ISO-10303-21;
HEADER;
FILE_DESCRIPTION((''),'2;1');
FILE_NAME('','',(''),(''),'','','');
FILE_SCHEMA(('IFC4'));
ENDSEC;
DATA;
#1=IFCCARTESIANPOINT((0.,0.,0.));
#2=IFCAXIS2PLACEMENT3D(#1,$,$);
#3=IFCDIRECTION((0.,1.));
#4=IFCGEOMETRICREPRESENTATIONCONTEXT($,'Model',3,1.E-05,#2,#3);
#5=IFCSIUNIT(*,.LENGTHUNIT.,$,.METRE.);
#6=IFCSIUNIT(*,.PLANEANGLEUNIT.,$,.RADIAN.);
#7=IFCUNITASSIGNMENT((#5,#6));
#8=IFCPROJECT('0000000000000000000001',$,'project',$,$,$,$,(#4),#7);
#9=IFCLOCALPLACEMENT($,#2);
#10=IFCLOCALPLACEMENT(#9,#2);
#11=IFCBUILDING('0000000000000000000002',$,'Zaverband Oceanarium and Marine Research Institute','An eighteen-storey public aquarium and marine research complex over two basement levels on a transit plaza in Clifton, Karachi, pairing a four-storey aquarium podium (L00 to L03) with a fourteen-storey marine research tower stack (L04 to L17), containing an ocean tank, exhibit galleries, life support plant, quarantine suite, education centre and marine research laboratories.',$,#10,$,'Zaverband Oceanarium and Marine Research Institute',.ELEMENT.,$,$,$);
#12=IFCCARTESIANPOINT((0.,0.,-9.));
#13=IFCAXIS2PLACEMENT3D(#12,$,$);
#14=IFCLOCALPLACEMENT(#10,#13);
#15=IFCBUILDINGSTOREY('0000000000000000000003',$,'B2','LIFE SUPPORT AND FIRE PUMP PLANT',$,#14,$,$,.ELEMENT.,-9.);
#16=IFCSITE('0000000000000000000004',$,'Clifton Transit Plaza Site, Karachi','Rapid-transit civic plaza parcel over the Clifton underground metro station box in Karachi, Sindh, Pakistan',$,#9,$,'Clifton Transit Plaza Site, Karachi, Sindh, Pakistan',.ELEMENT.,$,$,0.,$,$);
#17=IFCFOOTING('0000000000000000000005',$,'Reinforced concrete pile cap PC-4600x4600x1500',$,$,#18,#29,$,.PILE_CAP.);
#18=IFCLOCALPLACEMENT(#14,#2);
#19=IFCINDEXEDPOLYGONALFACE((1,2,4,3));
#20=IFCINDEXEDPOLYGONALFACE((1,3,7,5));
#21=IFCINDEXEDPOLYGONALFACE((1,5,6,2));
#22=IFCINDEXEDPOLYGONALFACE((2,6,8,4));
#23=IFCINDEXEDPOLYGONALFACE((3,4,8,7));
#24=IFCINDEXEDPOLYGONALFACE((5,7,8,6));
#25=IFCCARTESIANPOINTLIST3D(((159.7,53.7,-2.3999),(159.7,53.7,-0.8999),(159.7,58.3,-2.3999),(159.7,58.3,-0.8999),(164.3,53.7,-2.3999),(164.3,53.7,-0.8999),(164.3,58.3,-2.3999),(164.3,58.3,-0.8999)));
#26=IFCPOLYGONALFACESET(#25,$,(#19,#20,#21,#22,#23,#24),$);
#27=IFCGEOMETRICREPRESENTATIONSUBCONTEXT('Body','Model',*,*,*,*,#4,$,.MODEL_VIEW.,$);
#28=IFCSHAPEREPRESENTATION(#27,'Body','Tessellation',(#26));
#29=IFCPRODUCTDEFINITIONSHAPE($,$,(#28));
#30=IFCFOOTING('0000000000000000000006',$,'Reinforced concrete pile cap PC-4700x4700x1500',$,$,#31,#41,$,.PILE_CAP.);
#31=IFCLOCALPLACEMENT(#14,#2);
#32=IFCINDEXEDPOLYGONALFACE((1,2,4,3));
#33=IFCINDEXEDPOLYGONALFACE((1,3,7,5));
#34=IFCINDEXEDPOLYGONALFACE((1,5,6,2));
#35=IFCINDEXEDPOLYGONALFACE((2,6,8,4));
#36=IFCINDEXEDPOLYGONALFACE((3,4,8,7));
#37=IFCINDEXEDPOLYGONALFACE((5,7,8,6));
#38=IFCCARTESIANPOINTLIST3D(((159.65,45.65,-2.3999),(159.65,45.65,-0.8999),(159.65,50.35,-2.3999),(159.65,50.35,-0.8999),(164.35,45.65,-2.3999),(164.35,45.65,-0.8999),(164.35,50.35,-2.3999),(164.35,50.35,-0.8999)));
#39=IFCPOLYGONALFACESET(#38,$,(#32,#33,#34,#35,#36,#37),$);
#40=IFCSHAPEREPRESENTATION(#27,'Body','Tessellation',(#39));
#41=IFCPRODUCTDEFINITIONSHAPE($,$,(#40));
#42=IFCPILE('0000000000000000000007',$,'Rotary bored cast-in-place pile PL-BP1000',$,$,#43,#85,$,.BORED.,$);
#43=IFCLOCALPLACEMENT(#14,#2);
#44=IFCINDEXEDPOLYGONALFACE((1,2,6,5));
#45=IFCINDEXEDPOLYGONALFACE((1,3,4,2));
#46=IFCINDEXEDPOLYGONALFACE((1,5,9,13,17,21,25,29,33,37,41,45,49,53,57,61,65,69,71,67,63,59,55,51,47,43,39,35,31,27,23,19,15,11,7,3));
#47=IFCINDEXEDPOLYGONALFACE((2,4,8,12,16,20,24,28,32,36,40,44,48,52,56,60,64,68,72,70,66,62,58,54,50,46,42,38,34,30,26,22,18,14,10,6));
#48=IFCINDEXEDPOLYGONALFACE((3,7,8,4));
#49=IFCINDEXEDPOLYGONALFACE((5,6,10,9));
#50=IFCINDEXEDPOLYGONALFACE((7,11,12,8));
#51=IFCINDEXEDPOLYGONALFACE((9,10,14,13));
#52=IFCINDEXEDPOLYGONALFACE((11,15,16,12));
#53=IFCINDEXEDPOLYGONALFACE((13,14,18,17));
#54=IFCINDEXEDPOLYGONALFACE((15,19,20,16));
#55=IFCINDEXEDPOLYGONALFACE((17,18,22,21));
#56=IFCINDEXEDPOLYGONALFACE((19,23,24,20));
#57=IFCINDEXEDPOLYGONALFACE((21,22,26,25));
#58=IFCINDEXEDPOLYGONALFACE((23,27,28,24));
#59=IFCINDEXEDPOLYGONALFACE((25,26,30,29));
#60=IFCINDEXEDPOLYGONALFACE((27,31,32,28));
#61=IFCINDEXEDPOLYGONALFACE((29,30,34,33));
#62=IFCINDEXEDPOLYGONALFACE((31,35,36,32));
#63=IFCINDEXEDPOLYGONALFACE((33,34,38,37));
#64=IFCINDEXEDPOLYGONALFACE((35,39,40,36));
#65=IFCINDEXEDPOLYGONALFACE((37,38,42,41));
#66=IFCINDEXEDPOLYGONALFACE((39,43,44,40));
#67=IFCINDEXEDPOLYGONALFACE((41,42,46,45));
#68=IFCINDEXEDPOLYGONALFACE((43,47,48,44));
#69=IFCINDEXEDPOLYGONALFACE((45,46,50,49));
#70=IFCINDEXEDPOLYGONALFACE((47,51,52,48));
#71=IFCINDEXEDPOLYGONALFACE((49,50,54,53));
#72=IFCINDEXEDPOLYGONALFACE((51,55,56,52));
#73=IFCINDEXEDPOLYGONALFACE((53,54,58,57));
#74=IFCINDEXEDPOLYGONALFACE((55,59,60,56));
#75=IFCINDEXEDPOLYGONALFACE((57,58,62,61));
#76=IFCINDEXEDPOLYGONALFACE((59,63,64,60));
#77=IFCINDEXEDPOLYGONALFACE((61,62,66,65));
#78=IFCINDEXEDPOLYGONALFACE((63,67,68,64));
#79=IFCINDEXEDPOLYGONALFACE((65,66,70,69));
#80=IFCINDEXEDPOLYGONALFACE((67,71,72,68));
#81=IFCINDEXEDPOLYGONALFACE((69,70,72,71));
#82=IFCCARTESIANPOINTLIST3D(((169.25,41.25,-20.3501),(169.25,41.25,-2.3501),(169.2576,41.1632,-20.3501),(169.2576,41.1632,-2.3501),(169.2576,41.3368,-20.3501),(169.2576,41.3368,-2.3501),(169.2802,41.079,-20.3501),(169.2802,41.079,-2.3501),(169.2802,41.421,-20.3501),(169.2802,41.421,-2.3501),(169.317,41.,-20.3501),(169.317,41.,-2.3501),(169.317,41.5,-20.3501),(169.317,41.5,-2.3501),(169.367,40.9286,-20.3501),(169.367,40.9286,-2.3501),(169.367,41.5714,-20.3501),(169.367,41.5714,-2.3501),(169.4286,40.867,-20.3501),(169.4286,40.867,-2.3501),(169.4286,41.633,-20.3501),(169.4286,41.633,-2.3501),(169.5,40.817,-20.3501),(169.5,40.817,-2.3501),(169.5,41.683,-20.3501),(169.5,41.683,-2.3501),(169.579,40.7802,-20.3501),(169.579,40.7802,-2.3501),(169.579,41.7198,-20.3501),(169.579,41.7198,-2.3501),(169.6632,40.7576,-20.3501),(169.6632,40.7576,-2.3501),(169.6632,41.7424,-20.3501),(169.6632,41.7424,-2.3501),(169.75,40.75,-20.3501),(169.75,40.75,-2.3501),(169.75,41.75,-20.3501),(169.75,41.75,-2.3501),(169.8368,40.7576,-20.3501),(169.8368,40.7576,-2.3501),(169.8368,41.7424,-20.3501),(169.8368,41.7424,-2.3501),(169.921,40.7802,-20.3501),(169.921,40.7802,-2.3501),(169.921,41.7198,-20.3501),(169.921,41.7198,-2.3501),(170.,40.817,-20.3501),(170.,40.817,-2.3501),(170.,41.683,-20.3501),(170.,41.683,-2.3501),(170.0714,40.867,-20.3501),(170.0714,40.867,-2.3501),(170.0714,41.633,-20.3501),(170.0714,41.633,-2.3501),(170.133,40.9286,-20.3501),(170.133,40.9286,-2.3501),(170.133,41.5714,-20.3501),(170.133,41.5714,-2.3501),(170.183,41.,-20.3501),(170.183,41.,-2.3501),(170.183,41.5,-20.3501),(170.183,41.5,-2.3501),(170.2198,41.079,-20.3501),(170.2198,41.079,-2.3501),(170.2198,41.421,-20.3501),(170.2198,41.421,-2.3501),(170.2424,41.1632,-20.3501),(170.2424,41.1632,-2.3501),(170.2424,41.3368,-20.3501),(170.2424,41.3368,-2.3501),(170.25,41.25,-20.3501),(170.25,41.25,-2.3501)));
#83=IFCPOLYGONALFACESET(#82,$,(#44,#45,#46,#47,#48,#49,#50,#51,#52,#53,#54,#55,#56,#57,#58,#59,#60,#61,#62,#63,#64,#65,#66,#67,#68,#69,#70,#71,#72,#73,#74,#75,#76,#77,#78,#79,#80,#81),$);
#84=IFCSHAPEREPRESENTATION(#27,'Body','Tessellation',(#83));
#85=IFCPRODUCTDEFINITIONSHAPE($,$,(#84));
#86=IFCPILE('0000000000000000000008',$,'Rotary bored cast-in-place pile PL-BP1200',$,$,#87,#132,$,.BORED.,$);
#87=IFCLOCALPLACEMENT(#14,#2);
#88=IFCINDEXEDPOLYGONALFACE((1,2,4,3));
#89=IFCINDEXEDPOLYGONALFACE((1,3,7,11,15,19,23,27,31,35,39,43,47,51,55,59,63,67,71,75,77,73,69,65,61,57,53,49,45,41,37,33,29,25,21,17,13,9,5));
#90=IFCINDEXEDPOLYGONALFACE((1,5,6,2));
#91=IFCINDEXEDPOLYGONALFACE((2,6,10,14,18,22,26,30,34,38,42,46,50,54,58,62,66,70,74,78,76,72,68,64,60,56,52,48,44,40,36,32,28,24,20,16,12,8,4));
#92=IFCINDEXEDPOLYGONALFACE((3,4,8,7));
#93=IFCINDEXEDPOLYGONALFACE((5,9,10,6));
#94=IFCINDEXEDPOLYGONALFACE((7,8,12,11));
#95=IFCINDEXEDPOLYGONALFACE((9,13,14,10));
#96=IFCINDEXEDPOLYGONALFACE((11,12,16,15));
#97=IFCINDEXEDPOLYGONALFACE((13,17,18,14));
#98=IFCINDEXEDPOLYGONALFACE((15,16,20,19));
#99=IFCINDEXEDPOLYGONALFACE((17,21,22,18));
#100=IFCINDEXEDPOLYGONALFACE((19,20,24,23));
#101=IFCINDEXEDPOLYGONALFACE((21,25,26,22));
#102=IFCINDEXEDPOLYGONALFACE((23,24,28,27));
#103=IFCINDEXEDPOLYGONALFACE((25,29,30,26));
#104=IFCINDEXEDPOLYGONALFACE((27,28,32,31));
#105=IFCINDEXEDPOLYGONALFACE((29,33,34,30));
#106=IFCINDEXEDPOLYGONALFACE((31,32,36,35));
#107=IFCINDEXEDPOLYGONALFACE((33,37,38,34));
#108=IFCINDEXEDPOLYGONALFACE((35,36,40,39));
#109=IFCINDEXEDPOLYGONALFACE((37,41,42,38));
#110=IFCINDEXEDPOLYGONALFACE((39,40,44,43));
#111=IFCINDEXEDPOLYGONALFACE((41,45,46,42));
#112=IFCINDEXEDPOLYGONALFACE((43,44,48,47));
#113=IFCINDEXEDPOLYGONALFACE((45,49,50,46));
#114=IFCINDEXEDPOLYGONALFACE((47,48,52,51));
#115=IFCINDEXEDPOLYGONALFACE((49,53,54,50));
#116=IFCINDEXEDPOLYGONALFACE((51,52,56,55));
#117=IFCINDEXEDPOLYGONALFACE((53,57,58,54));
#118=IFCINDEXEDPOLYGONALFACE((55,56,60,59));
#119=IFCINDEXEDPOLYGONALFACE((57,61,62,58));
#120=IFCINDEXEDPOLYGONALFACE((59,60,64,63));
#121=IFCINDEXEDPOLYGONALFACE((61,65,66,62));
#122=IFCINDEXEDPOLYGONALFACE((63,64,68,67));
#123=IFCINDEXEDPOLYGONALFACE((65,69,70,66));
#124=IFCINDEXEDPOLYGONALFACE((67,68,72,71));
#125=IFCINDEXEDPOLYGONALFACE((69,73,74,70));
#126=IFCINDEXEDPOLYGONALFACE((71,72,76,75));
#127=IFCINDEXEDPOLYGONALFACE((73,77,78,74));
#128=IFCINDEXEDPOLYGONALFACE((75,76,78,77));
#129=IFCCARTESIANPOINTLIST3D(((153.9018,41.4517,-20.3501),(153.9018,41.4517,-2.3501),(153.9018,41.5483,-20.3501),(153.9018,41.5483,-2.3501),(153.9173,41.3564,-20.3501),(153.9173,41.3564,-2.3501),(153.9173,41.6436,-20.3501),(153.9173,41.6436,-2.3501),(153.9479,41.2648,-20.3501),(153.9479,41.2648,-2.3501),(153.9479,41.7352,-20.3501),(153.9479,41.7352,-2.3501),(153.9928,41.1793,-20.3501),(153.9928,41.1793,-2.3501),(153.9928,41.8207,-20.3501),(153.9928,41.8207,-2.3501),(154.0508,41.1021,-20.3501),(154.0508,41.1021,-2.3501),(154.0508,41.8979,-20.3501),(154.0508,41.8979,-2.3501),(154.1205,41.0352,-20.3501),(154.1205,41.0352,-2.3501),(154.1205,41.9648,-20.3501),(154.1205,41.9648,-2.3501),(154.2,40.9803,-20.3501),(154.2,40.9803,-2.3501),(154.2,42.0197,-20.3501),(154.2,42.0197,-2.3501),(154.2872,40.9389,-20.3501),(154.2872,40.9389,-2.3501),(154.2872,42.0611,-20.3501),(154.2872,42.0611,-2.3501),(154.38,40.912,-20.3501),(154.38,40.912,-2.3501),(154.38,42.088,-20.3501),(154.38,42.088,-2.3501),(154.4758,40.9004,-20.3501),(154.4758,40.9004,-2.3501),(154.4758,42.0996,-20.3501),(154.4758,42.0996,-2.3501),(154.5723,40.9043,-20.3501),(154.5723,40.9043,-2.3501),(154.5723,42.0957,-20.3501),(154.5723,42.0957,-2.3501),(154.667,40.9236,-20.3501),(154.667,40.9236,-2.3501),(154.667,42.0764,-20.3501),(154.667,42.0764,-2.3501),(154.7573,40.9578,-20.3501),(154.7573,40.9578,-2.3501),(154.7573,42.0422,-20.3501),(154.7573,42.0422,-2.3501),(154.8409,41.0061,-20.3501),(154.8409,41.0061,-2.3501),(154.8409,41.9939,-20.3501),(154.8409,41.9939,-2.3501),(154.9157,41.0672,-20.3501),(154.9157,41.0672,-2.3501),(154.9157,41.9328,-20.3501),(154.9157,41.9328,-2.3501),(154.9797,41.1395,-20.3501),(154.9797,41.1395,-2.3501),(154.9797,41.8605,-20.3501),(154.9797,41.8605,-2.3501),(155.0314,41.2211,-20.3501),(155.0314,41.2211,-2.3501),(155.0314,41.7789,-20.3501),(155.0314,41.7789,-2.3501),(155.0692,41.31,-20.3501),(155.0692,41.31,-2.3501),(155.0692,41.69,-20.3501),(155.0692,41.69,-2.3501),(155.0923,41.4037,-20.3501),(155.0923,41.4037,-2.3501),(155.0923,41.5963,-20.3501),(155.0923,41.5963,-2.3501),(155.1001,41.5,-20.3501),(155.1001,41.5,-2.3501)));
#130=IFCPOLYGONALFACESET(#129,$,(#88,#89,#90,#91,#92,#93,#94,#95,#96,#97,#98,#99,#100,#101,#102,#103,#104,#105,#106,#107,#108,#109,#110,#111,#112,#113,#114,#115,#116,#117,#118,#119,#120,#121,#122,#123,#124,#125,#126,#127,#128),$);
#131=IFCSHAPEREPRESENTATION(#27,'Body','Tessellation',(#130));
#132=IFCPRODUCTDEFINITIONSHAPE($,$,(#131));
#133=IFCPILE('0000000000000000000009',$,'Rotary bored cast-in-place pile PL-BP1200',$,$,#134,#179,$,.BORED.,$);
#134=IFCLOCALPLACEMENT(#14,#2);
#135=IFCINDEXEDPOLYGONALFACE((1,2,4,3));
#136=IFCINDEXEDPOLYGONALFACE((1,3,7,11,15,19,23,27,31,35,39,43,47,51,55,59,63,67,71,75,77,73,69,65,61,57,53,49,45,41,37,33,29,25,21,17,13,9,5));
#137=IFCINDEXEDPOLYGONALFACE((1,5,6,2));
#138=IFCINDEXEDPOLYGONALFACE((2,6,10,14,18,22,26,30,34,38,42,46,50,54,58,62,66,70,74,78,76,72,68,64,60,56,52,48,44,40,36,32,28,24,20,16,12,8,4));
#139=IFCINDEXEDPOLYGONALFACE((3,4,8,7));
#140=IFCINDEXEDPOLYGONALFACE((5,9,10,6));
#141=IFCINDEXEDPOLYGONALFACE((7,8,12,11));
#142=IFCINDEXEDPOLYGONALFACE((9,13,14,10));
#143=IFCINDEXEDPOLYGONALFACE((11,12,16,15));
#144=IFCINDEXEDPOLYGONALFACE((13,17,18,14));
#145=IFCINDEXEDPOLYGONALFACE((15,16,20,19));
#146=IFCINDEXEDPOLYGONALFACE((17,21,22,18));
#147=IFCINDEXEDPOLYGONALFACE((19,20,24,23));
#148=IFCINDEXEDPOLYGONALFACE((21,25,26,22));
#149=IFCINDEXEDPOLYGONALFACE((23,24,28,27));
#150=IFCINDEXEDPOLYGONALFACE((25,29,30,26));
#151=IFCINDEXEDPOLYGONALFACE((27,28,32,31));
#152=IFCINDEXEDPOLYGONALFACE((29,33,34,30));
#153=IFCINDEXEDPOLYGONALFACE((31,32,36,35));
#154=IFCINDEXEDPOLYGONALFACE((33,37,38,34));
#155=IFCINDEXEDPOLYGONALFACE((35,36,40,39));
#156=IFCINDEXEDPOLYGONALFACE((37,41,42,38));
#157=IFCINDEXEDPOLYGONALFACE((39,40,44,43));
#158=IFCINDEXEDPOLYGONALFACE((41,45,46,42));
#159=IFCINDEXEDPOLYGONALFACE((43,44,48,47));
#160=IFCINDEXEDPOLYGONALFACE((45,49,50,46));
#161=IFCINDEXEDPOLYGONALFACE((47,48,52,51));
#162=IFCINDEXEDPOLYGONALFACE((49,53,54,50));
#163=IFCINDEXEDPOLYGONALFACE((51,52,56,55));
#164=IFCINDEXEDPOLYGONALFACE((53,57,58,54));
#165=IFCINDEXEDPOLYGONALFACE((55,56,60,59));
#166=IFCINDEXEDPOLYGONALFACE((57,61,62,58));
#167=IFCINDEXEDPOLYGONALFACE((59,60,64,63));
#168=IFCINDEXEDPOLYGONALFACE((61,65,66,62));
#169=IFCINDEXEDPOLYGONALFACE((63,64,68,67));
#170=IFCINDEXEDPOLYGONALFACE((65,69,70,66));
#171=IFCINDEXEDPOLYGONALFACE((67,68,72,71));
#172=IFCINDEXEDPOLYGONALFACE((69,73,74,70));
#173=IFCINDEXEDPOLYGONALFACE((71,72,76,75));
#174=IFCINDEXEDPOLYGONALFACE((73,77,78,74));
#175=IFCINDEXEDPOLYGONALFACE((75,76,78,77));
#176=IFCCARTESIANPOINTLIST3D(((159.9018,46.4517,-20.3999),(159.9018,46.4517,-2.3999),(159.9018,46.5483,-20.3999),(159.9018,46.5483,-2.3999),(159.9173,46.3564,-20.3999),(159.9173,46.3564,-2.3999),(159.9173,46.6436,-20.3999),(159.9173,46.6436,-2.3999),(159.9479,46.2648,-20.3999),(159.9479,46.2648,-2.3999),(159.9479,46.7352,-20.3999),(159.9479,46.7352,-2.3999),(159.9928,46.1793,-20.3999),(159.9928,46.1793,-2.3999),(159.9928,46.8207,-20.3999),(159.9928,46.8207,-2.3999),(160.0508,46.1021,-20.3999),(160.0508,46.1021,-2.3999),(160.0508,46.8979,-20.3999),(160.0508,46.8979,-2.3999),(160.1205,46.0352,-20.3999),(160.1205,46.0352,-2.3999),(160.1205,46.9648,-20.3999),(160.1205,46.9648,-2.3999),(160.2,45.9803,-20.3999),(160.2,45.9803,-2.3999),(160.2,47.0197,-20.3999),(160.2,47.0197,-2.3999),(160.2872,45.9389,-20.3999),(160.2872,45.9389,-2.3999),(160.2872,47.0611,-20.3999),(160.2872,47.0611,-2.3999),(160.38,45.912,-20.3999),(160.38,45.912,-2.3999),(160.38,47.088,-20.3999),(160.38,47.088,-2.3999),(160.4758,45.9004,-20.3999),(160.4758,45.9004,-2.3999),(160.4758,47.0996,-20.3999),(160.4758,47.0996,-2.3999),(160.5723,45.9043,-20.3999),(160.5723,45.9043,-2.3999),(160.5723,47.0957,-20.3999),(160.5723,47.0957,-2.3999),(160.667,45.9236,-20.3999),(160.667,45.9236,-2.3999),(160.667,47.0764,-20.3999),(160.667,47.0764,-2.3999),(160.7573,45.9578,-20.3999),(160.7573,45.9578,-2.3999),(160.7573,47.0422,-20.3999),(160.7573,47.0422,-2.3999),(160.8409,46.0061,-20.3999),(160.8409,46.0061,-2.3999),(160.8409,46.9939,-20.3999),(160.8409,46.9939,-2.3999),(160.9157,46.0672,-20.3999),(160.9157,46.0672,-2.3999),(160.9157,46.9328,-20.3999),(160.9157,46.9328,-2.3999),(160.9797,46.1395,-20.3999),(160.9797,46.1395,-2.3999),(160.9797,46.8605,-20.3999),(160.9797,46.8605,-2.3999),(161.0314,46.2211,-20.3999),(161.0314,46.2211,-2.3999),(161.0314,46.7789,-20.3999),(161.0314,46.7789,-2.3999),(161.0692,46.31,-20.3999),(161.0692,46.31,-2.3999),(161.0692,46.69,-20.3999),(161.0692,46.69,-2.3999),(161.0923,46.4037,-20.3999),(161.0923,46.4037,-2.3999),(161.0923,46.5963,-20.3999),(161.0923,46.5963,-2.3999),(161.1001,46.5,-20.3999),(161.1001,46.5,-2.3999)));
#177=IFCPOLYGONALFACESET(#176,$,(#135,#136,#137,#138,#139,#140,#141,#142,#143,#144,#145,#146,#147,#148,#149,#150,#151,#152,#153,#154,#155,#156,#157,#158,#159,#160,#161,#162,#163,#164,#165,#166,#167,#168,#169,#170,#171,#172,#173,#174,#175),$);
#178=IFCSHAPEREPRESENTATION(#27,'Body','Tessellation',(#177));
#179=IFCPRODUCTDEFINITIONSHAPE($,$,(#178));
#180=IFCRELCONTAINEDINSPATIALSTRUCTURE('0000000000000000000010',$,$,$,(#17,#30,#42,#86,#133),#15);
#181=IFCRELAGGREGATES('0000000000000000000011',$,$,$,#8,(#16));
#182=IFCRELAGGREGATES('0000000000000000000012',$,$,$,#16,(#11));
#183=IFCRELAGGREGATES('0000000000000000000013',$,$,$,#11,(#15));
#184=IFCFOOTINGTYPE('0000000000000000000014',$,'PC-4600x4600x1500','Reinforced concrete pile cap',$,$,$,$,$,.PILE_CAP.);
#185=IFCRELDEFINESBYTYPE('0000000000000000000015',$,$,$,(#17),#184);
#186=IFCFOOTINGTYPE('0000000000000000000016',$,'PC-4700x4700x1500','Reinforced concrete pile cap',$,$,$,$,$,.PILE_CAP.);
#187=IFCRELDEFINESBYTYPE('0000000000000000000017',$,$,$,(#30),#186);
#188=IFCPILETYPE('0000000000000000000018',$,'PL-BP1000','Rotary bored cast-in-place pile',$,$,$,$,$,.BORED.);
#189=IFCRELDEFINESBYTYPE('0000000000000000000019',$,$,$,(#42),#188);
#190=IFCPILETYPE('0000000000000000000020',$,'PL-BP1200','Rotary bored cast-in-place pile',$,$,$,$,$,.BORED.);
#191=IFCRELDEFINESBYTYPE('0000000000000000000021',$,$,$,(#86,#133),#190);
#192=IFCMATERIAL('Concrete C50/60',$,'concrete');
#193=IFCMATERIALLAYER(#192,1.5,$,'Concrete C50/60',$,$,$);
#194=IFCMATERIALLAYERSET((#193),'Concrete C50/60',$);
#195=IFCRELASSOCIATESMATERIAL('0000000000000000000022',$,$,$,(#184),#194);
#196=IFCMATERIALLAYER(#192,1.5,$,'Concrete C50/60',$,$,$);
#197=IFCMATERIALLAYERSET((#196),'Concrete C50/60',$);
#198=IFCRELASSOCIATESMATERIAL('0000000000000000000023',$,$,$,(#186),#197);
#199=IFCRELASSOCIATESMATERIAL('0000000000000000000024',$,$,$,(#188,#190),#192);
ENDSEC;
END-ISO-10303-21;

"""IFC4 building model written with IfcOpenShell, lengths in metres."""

from ifc_helpers import new_model, si_unit, direction, frame, origin, origin_2d, place, context, subcontext, project, spatial, rectangle, circle, extrude, material, layer, layer_set, material_profile, profile_set, type_object, element, save


model = new_model("IFC4")

# Units and contexts
model_context = context("Model", 3, precision=1e-05, world=origin(), true_north=direction((0.0, 1.0)))
body_context = subcontext(model_context, "Body", "Model", "MODEL_VIEW")
ifc_project = project(units=[si_unit("LENGTHUNIT", "METRE"), si_unit("PLANEANGLEUNIT", "RADIAN")], contexts=[model_context])

# Site, building, storey
site_placement = place(None, origin())
site = spatial("IfcSite", under=ifc_project, at=site_placement, Name="Clifton Transit Plaza Site, Karachi", Description="Rapid-transit civic plaza parcel over the Clifton underground metro station box in Karachi, Sindh, Pakistan", LongName="Clifton Transit Plaza Site, Karachi, Sindh, Pakistan", CompositionType="ELEMENT", RefElevation=0.0)
building_placement = place(site_placement, origin())
building = spatial("IfcBuilding", under=site, at=building_placement, Name="Zaverband Oceanarium and Marine Research Institute", Description="An eighteen-storey public aquarium and marine research complex over two basement levels on a transit plaza in Clifton, Karachi, pairing a four-storey aquarium podium (L00 to L03) with a fourteen-storey marine research tower stack (L04 to L17), containing an ocean tank, exhibit galleries, life support plant, quarantine suite, education centre and marine research laboratories.", LongName="Zaverband Oceanarium and Marine Research Institute", CompositionType="ELEMENT")
storey_placement = place(building_placement, frame((0.0, 0.0, -9.0)))
storey = spatial("IfcBuildingStorey", under=building, at=storey_placement, Name="B2", Description="LIFE SUPPORT AND FIRE PUMP PLANT", CompositionType="ELEMENT", Elevation=-9.0)

# Footings
ifc_material_1 = material(Name="Concrete C50/60", Category="concrete")
ifc_layer_1 = layer(ifc_material_1, 1.5, Name="Concrete C50/60")
ifc_layer_set_1 = layer_set([ifc_layer_1], Name="Concrete C50/60")
footing_type_1 = type_object("IfcFootingType", Name="PC-4600x4600x1500", Description="Reinforced concrete pile cap", PredefinedType="PILE_CAP", material=ifc_layer_set_1)
footing_1_placement = place(storey_placement, frame((162.0, 56.0, -2.3999), z_axis=(0.0, 0.0, 1.0), x_axis=(1.0, 0.0, 0.0)))
element("IfcFooting", 1, at=footing_1_placement, inside=storey, type_object=footing_type_1, Name="Reinforced concrete pile cap PC-4600x4600x1500", PredefinedType="PILE_CAP", context=body_context, shape_type="SweptSolid", body=[
    extrude(rectangle(XDim=4.6001, YDim=4.6001, at=origin_2d()), origin(), (0.0, 0.0, 1.0), 1.5),
])
ifc_layer_2 = layer(ifc_material_1, 1.5, Name="Concrete C50/60")
ifc_layer_set_2 = layer_set([ifc_layer_2], Name="Concrete C50/60")
footing_type_2 = type_object("IfcFootingType", Name="PC-4700x4700x1500", Description="Reinforced concrete pile cap", PredefinedType="PILE_CAP", material=ifc_layer_set_2)
footing_2_placement = place(storey_placement, frame((162.0, 48.0, -2.3999), z_axis=(0.0, 0.0, 1.0), x_axis=(1.0, 0.0, 0.0)))
element("IfcFooting", 2, at=footing_2_placement, inside=storey, type_object=footing_type_2, Name="Reinforced concrete pile cap PC-4700x4700x1500", PredefinedType="PILE_CAP", context=body_context, shape_type="SweptSolid", body=[
    extrude(rectangle(XDim=4.7, YDim=4.7, at=origin_2d()), origin(), (0.0, 0.0, 1.0), 1.5),
])

# Piles
ifc_material_profile_1 = material_profile(ifc_material_1, circle(Radius=0.5, at=origin_2d()), Name="BP1000")
ifc_profile_set_1 = profile_set([ifc_material_profile_1], Name="Concrete C50/60")
pile_type_1 = type_object("IfcPileType", Name="PL-BP1000", Description="Rotary bored cast-in-place pile", PredefinedType="BORED", material=ifc_profile_set_1)
pile_placement = place(storey_placement, frame((169.75, 41.25, -2.3501), z_axis=(0.0, 0.0, -1.0), x_axis=(1.0, 0.0, 0.0)))
element("IfcPile", 3, at=pile_placement, inside=storey, type_object=pile_type_1, Name="Rotary bored cast-in-place pile PL-BP1000", PredefinedType="BORED", context=body_context, shape_type="SweptSolid", body=[
    extrude(circle(Radius=0.5, at=origin_2d()), origin(), (0.0, 0.0, 1.0), 18.0),
])
ifc_material_profile_2 = material_profile(ifc_material_1, circle(Radius=0.6001, at=origin_2d()), Name="BP1200")
ifc_profile_set_2 = profile_set([ifc_material_profile_2], Name="Concrete C50/60")
pile_type_2 = type_object("IfcPileType", Name="PL-BP1200", Description="Rotary bored cast-in-place pile", PredefinedType="BORED", material=ifc_profile_set_2)
for number, where, z_axis, x_axis, name in (
    (4, (154.5, 41.5, -2.3501), (0.0, 0.0, -1.0), (1.0, 0.0, 0.0), "Rotary bored cast-in-place pile PL-BP1200"),
    (5, (160.5, 46.5, -2.3999), (0.0, 0.0, -1.0), (1.0, 0.0, 0.0), "Rotary bored cast-in-place pile PL-BP1200"),
):
    element("IfcPile", number, at=place(storey_placement, frame(where, z_axis=z_axis, x_axis=x_axis)), inside=storey, type_object=pile_type_2, Name=name, PredefinedType="BORED", context=body_context, shape_type="SweptSolid", body=[
        extrude(circle(Radius=0.6001, at=origin_2d()), origin(), (0.0, 0.0, 1.0), 18.0),
    ])

save(model, "model.ifc")
